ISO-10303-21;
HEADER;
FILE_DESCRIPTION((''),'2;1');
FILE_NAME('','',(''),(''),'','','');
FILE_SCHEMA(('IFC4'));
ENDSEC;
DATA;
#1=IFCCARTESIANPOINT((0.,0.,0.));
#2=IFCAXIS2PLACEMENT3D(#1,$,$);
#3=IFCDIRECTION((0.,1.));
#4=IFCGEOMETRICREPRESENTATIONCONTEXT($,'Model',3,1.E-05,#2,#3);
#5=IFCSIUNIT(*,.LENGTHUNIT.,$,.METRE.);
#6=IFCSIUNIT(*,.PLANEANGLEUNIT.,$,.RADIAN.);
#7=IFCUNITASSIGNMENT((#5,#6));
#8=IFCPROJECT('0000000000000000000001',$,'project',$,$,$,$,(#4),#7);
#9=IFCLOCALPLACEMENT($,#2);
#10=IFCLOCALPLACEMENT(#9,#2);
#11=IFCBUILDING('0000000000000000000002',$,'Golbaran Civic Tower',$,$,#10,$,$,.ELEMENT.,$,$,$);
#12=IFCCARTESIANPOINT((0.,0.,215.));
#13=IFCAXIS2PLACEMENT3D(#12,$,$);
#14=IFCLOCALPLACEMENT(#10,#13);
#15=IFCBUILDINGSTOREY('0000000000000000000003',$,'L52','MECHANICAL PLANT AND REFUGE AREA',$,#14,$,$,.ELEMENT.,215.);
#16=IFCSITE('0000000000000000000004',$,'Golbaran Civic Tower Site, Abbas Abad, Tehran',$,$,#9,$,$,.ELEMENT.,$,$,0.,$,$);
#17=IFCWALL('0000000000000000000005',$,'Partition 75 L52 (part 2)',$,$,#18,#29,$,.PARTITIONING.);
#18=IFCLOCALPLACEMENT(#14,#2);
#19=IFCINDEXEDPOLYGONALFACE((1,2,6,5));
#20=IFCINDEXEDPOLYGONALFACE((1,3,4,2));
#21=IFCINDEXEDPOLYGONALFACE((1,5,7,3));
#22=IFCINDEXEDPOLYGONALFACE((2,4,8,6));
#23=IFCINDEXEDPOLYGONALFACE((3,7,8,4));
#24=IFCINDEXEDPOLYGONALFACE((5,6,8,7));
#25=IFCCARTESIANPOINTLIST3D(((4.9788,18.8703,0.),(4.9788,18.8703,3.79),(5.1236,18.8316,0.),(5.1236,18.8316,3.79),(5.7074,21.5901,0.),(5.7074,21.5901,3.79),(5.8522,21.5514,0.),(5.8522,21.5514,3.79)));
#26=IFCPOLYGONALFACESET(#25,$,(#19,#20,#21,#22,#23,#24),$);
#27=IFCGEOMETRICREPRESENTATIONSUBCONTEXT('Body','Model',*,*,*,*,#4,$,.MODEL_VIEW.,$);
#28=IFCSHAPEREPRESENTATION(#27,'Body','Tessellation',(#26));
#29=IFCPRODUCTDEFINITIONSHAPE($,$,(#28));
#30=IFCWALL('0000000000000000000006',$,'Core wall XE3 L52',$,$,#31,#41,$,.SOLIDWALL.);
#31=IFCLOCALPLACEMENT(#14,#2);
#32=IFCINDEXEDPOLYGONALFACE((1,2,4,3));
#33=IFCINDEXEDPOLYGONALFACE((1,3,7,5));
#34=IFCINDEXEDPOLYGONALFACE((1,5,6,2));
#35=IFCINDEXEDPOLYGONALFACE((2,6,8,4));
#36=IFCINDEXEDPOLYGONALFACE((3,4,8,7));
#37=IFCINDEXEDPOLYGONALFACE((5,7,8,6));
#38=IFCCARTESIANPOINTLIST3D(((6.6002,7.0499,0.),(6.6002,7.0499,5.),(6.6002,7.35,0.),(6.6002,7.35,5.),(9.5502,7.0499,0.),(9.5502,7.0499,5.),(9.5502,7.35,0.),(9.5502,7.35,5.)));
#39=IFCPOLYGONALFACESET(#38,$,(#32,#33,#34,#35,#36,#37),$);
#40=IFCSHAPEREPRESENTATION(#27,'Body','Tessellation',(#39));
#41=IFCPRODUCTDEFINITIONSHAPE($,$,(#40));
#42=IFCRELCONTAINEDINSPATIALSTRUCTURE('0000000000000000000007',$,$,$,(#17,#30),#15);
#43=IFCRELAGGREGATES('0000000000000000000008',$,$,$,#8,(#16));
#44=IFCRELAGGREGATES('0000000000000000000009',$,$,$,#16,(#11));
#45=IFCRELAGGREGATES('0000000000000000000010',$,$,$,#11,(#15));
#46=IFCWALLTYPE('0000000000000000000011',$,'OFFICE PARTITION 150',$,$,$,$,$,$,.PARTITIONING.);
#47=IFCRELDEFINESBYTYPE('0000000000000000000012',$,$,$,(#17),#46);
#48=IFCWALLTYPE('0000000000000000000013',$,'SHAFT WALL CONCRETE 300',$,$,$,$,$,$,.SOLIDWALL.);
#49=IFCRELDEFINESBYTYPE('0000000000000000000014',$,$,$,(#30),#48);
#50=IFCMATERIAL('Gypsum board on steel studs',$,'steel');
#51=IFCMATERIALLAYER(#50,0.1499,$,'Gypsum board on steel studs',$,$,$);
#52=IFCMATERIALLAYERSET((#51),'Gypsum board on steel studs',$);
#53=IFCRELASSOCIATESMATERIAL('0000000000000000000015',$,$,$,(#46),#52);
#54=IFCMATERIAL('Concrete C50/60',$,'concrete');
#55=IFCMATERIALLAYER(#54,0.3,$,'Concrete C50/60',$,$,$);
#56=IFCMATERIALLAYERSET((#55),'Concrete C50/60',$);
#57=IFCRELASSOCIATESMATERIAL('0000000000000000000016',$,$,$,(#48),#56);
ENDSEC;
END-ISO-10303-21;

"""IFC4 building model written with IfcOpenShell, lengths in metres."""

from ifc_helpers import new_model, si_unit, direction, frame, frame_2d, origin, place, context, subcontext, project, spatial, rectangle, extrude, material, layer, layer_set, type_object, element, save


model = new_model("IFC4")

# Units and contexts
model_context = context("Model", 3, precision=1e-05, world=origin(), true_north=direction((0.0, 1.0)))
body_context = subcontext(model_context, "Body", "Model", "MODEL_VIEW")
ifc_project = project(units=[si_unit("LENGTHUNIT", "METRE"), si_unit("PLANEANGLEUNIT", "RADIAN")], contexts=[model_context])

# Site, building, storey
site_placement = place(None, origin())
site = spatial("IfcSite", under=ifc_project, at=site_placement, Name="Golbaran Civic Tower Site, Abbas Abad, Tehran", CompositionType="ELEMENT", RefElevation=0.0)
building_placement = place(site_placement, origin())
building = spatial("IfcBuilding", under=site, at=building_placement, Name="Golbaran Civic Tower", CompositionType="ELEMENT")
storey_placement = place(building_placement, frame((0.0, 0.0, 215.0)))
storey = spatial("IfcBuildingStorey", under=building, at=storey_placement, Name="L52", Description="MECHANICAL PLANT AND REFUGE AREA", CompositionType="ELEMENT", Elevation=215.0)

# Shared definitions
ifc_material_1 = material(Name="Concrete C50/60", Category="concrete")

# Walls
ifc_material_2 = material(Name="Gypsum board on steel studs", Category="steel")
ifc_layer_1 = layer(ifc_material_2, 0.1499, Name="Gypsum board on steel studs")
ifc_layer_set_1 = layer_set([ifc_layer_1], Name="Gypsum board on steel studs")
wall_type_1 = type_object("IfcWallType", Name="OFFICE PARTITION 150", PredefinedType="PARTITIONING", material=ifc_layer_set_1)
wall_1_placement = place(storey_placement, frame((5.0513, 18.8511, 0.0), z_axis=(0.0, 0.0, 1.0), x_axis=(0.258742, 0.965947, 0.0)))
element("IfcWall", 1, at=wall_1_placement, inside=storey, type_object=wall_type_1, Name="Partition 75 L52 (part 2)", PredefinedType="PARTITIONING", context=body_context, shape_type="SweptSolid", body=[
    extrude(rectangle(XDim=2.8157, YDim=0.1499, at=frame_2d((1.4077, 0.0))), origin(), (0.0, 0.0, 1.0), 3.79),
])
ifc_layer_2 = layer(ifc_material_1, 0.3, Name="Concrete C50/60")
ifc_layer_set_2 = layer_set([ifc_layer_2], Name="Concrete C50/60")
wall_type_2 = type_object("IfcWallType", Name="SHAFT WALL CONCRETE 300", PredefinedType="SOLIDWALL", material=ifc_layer_set_2)
wall_2_placement = place(storey_placement, frame((6.6001, 7.2, 0.0), z_axis=(0.0, 0.0, 1.0), x_axis=(1.0, 0.0, 0.0)))
element("IfcWall", 2, at=wall_2_placement, inside=storey, type_object=wall_type_2, Name="Core wall XE3 L52", PredefinedType="SOLIDWALL", context=body_context, shape_type="SweptSolid", body=[
    extrude(rectangle(XDim=2.95, YDim=0.3, at=frame_2d((1.4751, 0.0))), origin(), (0.0, 0.0, 1.0), 5.0),
])

save(model, "model.ifc")
